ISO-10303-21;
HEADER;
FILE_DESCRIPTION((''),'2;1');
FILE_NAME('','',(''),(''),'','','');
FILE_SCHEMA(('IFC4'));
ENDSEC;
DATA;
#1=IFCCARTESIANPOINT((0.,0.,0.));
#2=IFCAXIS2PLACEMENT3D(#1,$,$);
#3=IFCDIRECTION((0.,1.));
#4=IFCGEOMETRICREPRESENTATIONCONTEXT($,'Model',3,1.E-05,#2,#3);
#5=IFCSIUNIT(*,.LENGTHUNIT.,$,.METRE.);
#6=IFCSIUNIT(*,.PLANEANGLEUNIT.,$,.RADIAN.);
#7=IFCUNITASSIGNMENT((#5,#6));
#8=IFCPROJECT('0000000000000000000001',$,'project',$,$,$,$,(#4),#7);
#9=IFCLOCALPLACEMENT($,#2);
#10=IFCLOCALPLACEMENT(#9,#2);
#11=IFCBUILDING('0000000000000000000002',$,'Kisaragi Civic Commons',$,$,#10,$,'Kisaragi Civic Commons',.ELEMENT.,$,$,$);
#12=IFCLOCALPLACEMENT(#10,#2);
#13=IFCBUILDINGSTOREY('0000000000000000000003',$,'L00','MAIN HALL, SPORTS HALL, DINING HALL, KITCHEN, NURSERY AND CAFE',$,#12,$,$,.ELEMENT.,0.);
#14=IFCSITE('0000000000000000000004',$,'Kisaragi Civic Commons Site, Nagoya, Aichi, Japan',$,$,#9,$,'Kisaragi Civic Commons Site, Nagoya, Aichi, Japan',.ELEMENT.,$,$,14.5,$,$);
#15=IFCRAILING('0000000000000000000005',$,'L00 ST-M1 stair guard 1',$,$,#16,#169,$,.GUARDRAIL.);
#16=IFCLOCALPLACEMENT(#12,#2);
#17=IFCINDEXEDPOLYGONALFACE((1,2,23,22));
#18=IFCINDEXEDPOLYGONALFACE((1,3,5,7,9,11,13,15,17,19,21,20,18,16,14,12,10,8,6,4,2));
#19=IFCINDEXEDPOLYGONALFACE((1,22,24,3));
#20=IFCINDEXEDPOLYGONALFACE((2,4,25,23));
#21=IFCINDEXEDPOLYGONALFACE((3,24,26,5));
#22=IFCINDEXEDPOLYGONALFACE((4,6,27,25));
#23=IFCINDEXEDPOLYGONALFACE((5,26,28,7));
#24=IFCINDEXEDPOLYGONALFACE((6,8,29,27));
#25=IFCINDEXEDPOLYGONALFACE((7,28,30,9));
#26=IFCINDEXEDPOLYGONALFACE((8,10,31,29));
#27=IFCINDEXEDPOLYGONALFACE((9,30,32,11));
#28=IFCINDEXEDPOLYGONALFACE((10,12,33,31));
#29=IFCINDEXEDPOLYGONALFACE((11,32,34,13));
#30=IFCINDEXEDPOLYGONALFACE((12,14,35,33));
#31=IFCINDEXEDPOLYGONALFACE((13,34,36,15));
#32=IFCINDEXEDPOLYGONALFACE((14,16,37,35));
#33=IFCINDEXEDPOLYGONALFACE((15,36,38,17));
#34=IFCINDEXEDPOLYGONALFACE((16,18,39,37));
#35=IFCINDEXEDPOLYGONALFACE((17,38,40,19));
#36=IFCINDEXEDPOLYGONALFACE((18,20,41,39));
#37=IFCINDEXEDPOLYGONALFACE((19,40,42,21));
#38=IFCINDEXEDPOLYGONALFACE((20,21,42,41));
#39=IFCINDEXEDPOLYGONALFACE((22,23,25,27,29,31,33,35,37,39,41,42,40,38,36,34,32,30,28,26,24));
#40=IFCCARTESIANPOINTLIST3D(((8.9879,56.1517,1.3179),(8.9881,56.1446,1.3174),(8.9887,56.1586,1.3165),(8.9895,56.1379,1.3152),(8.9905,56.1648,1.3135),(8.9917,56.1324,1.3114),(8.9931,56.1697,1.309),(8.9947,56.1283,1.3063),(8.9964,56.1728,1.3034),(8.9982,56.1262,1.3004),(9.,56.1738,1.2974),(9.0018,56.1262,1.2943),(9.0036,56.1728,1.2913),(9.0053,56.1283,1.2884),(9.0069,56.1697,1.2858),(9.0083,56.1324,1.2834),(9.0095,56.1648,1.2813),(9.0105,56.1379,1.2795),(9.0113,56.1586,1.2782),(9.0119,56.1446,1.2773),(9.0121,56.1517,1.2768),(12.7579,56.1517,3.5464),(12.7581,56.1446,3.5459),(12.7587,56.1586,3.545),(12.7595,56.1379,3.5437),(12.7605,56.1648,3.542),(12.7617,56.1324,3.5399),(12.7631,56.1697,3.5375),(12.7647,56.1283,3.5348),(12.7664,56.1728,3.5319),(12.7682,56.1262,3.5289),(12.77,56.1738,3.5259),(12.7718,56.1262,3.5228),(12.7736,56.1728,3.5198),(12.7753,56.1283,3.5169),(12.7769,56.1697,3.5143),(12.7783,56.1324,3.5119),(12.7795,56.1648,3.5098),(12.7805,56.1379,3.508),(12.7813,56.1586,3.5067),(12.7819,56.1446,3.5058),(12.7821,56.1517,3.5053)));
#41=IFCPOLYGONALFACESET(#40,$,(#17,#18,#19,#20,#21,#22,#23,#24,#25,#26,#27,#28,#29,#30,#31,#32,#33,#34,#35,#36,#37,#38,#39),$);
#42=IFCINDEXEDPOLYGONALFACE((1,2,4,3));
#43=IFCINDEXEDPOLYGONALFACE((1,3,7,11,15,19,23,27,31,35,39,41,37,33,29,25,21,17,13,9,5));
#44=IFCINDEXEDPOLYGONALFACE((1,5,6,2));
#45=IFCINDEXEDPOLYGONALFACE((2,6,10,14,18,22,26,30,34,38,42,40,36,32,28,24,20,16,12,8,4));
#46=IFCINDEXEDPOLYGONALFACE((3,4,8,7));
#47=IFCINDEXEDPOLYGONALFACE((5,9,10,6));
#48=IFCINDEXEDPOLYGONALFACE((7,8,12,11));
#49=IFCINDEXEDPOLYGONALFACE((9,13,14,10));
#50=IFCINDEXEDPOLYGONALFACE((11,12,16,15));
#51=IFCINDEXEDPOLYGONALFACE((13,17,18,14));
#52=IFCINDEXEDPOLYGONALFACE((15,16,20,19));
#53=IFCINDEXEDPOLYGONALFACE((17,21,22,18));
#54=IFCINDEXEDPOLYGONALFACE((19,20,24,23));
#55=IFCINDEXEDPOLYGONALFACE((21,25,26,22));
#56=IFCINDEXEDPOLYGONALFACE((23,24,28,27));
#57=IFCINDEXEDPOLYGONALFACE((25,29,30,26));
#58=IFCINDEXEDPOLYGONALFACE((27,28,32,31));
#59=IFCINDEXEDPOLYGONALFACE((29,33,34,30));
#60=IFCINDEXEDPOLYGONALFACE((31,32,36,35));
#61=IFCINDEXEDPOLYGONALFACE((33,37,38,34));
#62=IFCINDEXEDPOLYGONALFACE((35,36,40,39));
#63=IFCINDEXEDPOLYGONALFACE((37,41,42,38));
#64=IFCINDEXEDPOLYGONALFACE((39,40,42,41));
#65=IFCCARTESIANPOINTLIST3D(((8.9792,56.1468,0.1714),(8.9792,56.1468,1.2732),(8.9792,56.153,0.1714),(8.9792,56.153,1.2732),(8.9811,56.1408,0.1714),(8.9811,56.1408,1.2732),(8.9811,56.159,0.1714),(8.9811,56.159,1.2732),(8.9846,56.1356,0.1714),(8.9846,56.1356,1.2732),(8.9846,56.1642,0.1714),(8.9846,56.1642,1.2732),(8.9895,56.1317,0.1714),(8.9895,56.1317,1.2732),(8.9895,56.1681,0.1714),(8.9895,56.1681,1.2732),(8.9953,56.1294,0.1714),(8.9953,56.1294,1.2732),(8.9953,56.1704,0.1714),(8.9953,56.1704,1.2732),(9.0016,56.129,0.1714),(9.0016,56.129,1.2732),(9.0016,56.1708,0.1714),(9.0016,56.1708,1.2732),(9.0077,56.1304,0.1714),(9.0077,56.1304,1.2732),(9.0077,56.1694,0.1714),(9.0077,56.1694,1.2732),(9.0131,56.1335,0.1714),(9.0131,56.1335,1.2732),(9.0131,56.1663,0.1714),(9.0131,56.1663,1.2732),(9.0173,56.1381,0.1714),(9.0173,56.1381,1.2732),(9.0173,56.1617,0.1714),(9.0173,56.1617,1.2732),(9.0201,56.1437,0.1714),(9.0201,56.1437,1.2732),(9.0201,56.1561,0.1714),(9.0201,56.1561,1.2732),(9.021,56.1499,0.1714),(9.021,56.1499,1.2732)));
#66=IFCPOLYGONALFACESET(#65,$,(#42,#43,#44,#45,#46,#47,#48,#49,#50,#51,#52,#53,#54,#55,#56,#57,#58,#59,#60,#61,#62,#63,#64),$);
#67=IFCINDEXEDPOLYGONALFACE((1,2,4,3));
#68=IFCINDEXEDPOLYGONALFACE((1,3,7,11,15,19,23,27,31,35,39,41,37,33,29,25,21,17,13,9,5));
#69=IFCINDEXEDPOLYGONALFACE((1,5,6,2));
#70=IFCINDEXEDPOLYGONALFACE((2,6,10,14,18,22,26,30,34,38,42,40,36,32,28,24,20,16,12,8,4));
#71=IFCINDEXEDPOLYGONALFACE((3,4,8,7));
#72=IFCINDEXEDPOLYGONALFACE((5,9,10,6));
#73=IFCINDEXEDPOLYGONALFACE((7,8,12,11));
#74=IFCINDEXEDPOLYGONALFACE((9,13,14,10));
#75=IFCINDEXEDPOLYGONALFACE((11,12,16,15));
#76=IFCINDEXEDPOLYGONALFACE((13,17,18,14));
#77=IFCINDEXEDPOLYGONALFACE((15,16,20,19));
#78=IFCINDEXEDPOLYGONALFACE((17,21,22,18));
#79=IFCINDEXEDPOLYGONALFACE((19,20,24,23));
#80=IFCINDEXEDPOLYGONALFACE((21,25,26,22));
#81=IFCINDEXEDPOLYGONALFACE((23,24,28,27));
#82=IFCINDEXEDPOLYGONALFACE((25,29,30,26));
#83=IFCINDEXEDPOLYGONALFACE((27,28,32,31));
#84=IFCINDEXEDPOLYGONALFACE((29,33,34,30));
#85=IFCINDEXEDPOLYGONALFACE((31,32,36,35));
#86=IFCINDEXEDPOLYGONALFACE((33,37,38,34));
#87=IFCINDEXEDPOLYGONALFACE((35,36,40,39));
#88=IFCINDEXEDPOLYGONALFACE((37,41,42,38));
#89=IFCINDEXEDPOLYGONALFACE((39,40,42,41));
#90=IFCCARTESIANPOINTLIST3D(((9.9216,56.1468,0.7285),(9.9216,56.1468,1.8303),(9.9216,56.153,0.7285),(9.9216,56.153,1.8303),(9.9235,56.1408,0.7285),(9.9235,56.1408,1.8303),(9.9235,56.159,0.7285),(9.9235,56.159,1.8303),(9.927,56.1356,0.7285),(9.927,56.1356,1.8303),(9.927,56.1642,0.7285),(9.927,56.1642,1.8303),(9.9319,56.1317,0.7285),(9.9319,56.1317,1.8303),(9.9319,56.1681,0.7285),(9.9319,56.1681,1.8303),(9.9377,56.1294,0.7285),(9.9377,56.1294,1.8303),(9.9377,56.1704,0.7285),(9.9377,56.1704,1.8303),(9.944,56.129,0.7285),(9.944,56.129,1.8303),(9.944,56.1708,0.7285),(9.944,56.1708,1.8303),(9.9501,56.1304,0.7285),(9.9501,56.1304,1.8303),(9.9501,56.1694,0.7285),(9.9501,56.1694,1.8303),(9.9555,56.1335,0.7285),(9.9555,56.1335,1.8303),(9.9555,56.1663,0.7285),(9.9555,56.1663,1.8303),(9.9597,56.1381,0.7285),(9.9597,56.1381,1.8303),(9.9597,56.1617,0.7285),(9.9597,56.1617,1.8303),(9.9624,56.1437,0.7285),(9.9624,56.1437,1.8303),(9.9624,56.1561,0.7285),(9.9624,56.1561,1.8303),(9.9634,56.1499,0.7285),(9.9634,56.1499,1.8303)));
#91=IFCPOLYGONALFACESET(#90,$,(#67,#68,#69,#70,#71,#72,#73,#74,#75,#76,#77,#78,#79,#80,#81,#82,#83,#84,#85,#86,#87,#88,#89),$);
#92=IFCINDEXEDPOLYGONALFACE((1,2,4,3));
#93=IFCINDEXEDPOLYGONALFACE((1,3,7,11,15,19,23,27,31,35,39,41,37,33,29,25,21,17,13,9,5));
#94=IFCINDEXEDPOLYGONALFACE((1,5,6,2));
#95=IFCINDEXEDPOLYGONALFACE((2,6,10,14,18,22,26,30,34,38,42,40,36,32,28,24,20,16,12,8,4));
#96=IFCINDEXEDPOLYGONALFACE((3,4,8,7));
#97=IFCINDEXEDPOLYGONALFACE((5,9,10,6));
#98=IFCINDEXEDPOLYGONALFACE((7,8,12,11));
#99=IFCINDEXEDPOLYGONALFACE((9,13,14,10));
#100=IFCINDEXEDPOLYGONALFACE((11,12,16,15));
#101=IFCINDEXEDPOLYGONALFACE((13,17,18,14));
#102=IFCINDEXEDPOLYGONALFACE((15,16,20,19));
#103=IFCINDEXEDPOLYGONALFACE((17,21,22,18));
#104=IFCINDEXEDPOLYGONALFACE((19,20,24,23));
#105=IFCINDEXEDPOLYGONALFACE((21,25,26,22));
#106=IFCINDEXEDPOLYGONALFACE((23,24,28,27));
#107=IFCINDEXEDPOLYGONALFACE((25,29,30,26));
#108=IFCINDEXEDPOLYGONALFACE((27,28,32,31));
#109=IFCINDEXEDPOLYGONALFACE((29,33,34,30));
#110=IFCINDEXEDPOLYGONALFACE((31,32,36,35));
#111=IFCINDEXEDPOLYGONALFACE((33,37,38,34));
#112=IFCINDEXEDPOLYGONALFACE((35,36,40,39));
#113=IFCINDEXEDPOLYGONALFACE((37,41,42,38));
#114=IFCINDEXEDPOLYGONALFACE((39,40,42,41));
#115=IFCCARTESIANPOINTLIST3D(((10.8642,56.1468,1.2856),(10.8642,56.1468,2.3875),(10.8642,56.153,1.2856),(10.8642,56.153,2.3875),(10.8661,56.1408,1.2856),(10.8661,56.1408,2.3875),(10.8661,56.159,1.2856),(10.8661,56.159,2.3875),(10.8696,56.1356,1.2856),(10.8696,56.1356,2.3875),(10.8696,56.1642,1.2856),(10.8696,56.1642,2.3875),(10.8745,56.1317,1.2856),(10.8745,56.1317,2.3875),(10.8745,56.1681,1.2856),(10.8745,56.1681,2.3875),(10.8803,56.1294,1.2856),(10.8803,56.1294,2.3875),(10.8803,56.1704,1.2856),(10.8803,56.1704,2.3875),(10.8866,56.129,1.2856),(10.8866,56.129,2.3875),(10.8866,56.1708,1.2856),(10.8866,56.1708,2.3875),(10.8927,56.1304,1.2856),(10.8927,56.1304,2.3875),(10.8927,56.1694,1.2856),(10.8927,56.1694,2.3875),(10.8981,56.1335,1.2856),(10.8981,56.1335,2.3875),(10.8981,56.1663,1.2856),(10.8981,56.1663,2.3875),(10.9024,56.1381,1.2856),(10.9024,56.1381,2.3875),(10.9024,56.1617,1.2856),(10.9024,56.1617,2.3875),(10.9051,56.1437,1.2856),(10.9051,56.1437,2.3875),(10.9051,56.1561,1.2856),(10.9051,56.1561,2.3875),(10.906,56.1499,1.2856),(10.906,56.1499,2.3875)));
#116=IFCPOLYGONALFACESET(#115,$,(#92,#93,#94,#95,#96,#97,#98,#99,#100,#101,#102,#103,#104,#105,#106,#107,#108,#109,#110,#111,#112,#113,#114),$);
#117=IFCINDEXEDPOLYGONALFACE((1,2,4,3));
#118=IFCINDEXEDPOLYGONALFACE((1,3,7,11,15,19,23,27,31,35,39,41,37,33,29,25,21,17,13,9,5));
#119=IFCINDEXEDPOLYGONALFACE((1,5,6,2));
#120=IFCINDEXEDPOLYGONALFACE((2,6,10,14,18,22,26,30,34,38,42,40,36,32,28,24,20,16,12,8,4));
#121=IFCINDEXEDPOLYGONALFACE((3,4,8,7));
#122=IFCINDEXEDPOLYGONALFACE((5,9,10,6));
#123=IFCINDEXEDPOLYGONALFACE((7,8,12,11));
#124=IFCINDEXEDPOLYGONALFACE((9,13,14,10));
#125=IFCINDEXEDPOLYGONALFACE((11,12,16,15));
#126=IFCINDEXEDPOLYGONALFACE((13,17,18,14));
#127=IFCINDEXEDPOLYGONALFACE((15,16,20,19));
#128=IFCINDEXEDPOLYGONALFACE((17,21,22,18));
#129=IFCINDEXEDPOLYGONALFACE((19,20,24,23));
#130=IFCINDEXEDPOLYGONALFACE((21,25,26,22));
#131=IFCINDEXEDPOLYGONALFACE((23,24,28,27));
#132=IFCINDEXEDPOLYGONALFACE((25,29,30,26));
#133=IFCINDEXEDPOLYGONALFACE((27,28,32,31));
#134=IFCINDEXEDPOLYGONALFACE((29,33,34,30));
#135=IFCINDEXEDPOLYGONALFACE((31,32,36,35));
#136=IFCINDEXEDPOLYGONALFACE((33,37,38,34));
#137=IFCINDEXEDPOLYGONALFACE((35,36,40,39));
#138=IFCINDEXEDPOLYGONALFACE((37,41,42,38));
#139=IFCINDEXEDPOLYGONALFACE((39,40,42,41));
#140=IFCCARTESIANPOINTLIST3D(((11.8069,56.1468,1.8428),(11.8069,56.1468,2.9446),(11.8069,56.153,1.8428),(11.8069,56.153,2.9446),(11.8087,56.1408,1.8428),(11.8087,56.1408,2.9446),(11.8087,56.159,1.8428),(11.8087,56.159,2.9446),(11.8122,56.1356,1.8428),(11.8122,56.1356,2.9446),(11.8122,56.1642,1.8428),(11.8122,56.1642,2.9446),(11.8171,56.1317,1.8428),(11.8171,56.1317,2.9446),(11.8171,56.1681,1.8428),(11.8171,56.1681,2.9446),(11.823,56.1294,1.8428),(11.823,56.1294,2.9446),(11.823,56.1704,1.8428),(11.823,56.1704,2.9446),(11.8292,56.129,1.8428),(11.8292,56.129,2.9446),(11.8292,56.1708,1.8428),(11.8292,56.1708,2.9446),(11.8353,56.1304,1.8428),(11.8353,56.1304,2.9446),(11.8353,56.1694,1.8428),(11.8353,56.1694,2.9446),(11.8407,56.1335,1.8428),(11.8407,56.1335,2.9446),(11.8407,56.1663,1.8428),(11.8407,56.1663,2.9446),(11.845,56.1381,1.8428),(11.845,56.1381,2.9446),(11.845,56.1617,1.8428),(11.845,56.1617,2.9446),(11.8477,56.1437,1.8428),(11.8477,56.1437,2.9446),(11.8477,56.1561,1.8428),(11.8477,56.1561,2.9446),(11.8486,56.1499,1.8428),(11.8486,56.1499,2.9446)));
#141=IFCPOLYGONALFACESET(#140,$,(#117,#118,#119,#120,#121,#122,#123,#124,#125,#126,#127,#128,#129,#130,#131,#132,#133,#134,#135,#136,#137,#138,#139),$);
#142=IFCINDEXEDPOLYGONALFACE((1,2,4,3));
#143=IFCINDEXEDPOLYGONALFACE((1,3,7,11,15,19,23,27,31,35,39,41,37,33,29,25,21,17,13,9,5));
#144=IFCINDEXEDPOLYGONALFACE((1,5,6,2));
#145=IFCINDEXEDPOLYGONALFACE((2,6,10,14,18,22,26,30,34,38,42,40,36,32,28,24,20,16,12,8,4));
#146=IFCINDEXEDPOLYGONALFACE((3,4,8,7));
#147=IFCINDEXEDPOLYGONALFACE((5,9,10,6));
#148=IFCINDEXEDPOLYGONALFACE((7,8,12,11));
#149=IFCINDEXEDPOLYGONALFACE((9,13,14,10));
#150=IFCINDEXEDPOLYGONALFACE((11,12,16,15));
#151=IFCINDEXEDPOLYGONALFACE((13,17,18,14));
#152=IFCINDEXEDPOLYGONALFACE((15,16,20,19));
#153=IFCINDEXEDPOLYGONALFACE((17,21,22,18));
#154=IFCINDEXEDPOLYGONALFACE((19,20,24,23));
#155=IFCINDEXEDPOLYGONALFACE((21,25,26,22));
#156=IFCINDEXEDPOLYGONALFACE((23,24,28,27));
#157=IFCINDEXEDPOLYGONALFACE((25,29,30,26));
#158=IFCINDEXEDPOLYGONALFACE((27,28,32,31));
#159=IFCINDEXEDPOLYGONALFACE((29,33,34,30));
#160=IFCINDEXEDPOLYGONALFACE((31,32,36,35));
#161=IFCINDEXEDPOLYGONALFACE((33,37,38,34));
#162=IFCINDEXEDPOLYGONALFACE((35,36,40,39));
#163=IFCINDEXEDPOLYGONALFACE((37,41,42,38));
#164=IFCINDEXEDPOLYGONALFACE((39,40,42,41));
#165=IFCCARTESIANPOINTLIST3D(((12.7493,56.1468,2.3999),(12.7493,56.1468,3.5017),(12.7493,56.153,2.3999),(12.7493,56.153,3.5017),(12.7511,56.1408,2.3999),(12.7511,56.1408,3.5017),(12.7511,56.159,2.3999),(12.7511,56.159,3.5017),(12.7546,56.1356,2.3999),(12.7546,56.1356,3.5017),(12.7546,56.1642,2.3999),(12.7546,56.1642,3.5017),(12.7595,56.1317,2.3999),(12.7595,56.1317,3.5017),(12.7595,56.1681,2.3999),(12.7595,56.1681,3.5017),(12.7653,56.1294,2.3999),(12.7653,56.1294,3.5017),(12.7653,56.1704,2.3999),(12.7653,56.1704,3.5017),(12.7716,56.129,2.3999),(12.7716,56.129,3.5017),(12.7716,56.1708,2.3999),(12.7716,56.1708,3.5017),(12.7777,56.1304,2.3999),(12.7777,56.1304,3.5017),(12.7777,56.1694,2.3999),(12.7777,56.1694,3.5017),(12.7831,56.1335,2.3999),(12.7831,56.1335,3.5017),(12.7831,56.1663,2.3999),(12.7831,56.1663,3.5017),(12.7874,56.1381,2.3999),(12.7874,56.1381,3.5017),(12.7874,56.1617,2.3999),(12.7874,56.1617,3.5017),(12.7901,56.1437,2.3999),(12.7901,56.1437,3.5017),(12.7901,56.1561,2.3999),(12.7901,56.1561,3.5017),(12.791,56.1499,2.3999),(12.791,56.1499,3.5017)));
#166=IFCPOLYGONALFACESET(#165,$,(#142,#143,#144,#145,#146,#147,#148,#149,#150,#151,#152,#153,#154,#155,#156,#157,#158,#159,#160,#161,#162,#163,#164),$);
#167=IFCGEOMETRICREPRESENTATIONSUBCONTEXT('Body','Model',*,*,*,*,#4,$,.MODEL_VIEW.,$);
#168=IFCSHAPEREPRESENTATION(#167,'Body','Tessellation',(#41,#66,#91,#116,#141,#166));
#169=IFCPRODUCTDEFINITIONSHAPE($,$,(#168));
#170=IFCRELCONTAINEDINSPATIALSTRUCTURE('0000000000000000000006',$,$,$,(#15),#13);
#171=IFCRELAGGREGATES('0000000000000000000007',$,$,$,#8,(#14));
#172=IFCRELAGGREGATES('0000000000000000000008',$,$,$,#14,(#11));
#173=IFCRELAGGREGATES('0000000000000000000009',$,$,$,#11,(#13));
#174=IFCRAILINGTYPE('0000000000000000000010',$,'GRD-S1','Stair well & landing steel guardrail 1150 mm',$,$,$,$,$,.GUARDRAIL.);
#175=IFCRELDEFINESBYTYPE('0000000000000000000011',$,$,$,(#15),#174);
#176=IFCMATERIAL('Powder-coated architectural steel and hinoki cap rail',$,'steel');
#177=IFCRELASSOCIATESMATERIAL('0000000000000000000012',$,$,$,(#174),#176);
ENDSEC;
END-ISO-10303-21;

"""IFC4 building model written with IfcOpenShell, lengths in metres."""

from ifc_helpers import new_model, si_unit, direction, frame, origin, origin_2d, place, context, subcontext, project, spatial, circle, extrude, material, type_object, element, save


model = new_model("IFC4")

# Units and contexts
model_context = context("Model", 3, precision=1e-05, world=origin(), true_north=direction((0.0, 1.0)))
body_context = subcontext(model_context, "Body", "Model", "MODEL_VIEW")
ifc_project = project(units=[si_unit("LENGTHUNIT", "METRE"), si_unit("PLANEANGLEUNIT", "RADIAN")], contexts=[model_context])

# Site, building, storey
site_placement = place(None, origin())
site = spatial("IfcSite", under=ifc_project, at=site_placement, Name="Kisaragi Civic Commons Site, Nagoya, Aichi, Japan", LongName="Kisaragi Civic Commons Site, Nagoya, Aichi, Japan", CompositionType="ELEMENT", RefElevation=14.5)
building_placement = place(site_placement, origin())
building = spatial("IfcBuilding", under=site, at=building_placement, Name="Kisaragi Civic Commons", LongName="Kisaragi Civic Commons", CompositionType="ELEMENT")
storey_placement = place(building_placement, origin())
storey = spatial("IfcBuildingStorey", under=building, at=storey_placement, Name="L00", Description="MAIN HALL, SPORTS HALL, DINING HALL, KITCHEN, NURSERY AND CAFE", CompositionType="ELEMENT", Elevation=0.0)

# Railing
ifc_material_1 = material(Name="Powder-coated architectural steel and hinoki cap rail", Category="steel")
railing_type_1 = type_object("IfcRailingType", Name="GRD-S1", Description="Stair well & landing steel guardrail 1150 mm", PredefinedType="GUARDRAIL", material=ifc_material_1)
railing_1_placement = place(storey_placement, frame((9.0, 56.1499, 0.1714)))
element("IfcRailing", 1, at=railing_1_placement, inside=storey, type_object=railing_type_1, Name="L00 ST-M1 stair guard 1", PredefinedType="GUARDRAIL", context=body_context, shape_type="SweptSolid", body=[
    extrude(circle(Radius=0.0239, at=origin_2d()), frame((0.0, 0.0, 1.126), z_axis=(0.860849, 0.0, 0.508861), x_axis=(0.0, 1.0, 0.0)), (0.0, 0.0, 1.0), 4.3794),
    extrude(circle(Radius=0.021, at=origin_2d()), origin(), (0.0, 0.0, 1.0), 1.1018),
    extrude(circle(Radius=0.021, at=origin_2d()), frame((0.9424, 0.0, 0.5571)), (0.0, 0.0, 1.0), 1.1018),
    extrude(circle(Radius=0.021, at=origin_2d()), frame((1.885, 0.0, 1.1143)), (0.0, 0.0, 1.0), 1.1018),
    extrude(circle(Radius=0.021, at=origin_2d()), frame((2.8276, 0.0, 1.6714)), (0.0, 0.0, 1.0), 1.1018),
    extrude(circle(Radius=0.021, at=origin_2d()), frame((3.77, 0.0, 2.2285)), (0.0, 0.0, 1.0), 1.1018),
])

save(model, "model.ifc")
